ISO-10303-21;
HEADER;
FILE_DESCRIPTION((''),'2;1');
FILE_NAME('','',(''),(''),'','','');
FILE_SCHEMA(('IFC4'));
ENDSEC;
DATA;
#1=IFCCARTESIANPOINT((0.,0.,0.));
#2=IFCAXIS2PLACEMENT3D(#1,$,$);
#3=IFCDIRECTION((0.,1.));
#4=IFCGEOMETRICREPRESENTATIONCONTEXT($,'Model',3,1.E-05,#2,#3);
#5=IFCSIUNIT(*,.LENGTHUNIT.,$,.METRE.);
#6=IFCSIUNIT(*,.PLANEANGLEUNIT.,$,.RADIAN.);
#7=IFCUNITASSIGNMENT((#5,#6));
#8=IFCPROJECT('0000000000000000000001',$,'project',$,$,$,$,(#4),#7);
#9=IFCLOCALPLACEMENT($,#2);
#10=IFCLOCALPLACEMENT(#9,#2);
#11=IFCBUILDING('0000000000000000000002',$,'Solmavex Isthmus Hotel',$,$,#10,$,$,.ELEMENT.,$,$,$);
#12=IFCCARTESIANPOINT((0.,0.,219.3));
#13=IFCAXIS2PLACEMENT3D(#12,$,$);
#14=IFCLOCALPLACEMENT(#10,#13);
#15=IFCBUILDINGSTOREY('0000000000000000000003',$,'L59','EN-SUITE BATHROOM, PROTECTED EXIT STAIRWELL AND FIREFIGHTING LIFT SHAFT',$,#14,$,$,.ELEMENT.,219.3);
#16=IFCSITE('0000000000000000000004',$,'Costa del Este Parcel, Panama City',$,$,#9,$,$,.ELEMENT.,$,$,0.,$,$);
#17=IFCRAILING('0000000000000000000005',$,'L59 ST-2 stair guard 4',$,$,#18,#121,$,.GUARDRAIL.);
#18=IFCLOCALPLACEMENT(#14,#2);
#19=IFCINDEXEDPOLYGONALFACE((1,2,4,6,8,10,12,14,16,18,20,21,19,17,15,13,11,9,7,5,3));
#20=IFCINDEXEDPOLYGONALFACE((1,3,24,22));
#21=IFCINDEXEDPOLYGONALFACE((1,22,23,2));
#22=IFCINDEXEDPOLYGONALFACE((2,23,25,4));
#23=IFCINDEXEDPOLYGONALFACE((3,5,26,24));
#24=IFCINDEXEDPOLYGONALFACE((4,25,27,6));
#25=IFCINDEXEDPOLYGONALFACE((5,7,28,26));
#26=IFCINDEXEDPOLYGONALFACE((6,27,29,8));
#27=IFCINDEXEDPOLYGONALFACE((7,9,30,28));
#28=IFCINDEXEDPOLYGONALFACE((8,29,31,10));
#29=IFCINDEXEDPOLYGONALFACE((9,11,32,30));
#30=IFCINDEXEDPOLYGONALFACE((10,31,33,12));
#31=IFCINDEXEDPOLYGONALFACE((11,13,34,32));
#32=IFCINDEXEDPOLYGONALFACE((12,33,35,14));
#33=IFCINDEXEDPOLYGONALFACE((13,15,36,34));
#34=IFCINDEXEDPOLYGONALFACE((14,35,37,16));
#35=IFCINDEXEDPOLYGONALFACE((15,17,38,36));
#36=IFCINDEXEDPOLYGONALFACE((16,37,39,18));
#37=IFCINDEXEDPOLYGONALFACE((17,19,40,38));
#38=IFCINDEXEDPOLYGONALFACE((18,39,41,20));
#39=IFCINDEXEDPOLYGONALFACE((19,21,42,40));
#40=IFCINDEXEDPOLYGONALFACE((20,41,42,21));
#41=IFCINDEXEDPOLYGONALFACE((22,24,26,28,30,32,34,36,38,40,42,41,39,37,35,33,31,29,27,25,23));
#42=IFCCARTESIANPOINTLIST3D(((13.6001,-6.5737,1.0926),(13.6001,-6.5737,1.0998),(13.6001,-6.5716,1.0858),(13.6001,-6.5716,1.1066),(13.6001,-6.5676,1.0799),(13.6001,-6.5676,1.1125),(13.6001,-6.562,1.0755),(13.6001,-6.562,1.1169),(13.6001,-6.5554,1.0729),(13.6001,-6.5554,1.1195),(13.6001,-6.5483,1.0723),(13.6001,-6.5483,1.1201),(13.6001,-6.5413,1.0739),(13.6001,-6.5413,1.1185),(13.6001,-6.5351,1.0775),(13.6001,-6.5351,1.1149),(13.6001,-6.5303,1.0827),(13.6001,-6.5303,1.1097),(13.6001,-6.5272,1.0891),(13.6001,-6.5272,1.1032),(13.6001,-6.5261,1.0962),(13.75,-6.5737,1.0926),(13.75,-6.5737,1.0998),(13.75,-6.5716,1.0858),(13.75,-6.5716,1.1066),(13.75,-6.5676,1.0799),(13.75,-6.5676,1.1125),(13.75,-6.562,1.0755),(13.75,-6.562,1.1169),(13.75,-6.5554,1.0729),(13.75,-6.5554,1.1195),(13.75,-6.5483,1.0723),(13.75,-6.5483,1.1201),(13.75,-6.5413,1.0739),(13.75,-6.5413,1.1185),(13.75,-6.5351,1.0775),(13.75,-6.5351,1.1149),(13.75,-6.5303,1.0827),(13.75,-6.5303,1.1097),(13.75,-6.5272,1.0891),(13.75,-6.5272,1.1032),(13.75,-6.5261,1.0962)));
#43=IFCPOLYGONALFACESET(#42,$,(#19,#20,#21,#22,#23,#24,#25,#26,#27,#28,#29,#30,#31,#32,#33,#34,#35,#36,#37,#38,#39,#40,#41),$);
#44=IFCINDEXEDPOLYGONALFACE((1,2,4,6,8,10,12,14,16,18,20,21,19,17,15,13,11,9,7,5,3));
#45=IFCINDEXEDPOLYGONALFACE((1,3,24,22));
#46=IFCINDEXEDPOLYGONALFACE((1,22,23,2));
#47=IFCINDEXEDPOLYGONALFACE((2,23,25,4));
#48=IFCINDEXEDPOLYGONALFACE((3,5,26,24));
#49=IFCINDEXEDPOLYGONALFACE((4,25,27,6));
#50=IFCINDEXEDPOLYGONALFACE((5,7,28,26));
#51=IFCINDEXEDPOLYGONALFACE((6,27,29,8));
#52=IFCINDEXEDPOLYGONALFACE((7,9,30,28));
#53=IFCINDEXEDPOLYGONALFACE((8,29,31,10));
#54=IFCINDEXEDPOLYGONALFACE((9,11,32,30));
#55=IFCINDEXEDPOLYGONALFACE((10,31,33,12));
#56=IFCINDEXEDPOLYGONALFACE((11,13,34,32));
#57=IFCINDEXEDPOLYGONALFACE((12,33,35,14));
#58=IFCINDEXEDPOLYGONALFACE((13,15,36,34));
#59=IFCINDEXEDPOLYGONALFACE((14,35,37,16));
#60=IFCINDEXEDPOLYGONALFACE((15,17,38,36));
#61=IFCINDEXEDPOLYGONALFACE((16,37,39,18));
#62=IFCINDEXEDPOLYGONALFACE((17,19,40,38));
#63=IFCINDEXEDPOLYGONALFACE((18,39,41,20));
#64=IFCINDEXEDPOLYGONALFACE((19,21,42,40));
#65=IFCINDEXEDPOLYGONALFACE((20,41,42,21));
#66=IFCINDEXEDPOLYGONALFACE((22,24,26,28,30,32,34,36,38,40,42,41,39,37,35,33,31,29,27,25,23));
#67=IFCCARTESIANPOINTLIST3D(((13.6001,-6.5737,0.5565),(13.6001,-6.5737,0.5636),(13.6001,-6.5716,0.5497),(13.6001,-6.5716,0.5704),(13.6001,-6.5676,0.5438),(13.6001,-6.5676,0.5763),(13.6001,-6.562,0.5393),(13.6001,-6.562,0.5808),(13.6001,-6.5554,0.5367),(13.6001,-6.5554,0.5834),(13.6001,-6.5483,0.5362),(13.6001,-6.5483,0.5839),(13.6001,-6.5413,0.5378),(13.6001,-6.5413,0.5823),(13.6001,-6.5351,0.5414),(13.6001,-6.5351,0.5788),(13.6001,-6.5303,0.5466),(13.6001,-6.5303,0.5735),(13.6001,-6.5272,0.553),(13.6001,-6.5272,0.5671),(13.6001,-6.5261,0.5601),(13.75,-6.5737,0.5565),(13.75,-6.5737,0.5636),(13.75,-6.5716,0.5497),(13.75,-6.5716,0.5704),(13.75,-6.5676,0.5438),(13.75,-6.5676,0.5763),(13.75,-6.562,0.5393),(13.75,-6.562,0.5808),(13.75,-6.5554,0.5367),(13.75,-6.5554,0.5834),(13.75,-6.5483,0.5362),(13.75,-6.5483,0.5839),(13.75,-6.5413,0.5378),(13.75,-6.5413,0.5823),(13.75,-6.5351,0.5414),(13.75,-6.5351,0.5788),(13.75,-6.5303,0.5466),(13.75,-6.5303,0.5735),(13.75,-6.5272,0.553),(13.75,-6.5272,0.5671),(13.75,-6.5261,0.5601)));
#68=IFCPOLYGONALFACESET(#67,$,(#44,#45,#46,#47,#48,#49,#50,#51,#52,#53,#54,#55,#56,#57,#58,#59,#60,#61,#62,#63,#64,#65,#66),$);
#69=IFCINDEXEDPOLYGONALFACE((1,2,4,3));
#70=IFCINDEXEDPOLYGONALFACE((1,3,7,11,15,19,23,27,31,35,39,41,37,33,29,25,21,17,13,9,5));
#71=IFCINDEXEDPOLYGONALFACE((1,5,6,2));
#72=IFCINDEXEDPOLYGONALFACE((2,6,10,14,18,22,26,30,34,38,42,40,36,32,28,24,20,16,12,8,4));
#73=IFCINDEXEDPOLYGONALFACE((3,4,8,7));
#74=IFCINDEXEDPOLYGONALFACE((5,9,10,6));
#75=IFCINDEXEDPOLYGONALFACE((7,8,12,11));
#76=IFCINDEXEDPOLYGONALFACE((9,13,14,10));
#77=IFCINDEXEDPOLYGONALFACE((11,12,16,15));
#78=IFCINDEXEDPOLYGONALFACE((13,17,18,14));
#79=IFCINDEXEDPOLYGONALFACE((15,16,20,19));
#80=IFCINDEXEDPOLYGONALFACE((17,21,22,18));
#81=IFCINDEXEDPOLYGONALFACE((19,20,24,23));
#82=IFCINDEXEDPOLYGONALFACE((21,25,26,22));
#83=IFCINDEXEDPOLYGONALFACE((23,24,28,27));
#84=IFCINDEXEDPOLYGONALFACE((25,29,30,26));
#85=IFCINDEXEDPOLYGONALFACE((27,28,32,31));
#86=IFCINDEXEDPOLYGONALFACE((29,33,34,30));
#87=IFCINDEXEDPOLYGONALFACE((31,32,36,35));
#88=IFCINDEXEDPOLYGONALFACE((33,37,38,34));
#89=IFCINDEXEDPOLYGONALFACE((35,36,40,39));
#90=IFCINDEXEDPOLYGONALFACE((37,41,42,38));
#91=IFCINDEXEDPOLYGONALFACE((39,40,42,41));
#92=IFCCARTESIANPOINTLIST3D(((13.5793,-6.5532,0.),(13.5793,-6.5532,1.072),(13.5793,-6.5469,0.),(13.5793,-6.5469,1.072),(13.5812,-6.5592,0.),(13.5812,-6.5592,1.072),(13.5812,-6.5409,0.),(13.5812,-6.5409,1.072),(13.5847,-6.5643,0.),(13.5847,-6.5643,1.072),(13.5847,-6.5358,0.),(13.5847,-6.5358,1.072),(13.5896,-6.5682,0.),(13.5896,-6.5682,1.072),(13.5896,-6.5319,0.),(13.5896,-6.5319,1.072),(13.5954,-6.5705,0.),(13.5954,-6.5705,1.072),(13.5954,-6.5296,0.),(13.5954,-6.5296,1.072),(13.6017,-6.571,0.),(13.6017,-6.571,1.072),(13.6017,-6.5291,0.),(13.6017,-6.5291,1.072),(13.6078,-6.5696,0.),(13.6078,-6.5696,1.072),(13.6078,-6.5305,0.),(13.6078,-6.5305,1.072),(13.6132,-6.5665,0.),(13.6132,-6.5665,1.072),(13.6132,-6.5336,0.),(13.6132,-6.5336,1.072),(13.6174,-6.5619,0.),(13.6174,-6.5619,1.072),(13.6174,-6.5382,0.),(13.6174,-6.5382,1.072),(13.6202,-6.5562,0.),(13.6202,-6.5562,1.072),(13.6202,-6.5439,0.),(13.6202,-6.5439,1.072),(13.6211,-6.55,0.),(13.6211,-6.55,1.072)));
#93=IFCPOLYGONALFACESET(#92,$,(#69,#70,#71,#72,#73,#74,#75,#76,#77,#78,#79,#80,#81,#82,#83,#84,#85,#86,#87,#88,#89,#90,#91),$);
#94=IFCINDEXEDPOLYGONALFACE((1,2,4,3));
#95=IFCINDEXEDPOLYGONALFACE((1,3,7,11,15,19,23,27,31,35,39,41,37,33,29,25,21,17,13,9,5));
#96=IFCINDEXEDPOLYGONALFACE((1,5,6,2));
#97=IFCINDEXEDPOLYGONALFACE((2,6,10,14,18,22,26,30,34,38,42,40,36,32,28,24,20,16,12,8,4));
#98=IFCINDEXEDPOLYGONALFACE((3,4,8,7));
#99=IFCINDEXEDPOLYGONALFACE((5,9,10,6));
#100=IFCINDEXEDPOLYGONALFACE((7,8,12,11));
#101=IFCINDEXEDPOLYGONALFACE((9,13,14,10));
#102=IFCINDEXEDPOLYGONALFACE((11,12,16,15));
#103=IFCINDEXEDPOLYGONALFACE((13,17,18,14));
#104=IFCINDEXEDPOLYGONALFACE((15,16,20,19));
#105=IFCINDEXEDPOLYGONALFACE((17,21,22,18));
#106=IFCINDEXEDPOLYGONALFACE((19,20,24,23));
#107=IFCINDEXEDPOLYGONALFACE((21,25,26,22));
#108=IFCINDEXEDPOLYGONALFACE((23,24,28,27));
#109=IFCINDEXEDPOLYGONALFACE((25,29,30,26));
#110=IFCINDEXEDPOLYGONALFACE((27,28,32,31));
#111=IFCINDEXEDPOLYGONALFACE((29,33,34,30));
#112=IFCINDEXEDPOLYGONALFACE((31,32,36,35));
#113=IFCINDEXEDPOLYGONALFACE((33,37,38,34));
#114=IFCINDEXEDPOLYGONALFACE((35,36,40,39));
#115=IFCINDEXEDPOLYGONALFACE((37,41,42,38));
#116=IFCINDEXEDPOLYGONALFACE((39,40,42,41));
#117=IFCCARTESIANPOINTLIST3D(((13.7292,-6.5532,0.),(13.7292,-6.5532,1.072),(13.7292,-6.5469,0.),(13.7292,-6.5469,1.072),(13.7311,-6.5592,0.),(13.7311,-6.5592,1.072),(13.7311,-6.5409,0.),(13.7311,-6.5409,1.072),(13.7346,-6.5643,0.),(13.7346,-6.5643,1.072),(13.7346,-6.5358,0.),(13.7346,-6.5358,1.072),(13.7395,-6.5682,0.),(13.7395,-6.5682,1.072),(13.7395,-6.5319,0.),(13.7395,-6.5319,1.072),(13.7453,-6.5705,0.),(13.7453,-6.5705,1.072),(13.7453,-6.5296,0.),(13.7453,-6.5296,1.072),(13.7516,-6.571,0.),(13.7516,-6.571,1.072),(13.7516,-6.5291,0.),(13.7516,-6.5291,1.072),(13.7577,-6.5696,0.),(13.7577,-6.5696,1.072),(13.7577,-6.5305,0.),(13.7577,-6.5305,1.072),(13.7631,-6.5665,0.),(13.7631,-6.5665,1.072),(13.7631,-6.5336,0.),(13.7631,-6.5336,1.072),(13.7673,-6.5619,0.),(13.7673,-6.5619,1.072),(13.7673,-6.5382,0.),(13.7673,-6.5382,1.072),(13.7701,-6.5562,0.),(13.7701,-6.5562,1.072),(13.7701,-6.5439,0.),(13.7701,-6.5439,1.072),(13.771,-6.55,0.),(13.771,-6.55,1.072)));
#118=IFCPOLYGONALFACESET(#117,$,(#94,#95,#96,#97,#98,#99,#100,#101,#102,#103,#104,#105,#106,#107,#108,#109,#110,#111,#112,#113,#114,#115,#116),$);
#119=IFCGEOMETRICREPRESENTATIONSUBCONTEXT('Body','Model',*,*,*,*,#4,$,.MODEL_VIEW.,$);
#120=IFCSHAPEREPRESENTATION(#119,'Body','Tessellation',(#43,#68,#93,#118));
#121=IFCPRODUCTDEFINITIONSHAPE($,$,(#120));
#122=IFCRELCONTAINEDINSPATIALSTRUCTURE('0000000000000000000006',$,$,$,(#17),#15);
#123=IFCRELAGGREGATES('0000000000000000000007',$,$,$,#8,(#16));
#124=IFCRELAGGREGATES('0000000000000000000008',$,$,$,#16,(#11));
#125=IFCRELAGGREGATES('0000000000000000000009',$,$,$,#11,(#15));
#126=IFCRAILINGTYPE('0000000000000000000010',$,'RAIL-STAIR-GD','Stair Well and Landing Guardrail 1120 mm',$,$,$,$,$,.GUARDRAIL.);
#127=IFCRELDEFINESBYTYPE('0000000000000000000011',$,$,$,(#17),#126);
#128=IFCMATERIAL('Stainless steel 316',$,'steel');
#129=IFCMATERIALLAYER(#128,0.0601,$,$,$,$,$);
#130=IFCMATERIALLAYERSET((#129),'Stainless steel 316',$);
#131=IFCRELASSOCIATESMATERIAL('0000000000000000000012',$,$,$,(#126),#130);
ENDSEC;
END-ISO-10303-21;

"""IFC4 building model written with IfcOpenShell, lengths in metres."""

from ifc_helpers import new_model, si_unit, direction, frame, origin, origin_2d, place, context, subcontext, project, spatial, circle, extrude, material, layer, layer_set, type_object, element, save


model = new_model("IFC4")

# Units and contexts
model_context = context("Model", 3, precision=1e-05, world=origin(), true_north=direction((0.0, 1.0)))
body_context = subcontext(model_context, "Body", "Model", "MODEL_VIEW")
ifc_project = project(units=[si_unit("LENGTHUNIT", "METRE"), si_unit("PLANEANGLEUNIT", "RADIAN")], contexts=[model_context])

# Site, building, storey
site_placement = place(None, origin())
site = spatial("IfcSite", under=ifc_project, at=site_placement, Name="Costa del Este Parcel, Panama City", CompositionType="ELEMENT", RefElevation=0.0)
building_placement = place(site_placement, origin())
building = spatial("IfcBuilding", under=site, at=building_placement, Name="Solmavex Isthmus Hotel", CompositionType="ELEMENT")
storey_placement = place(building_placement, frame((0.0, 0.0, 219.3)))
storey = spatial("IfcBuildingStorey", under=building, at=storey_placement, Name="L59", Description="EN-SUITE BATHROOM, PROTECTED EXIT STAIRWELL AND FIREFIGHTING LIFT SHAFT", CompositionType="ELEMENT", Elevation=219.3)

# Railing
ifc_material_1 = material(Name="Stainless steel 316", Category="steel")
ifc_layer_1 = layer(ifc_material_1, 0.0601)
ifc_layer_set_1 = layer_set([ifc_layer_1], Name="Stainless steel 316")
railing_type_1 = type_object("IfcRailingType", Name="RAIL-STAIR-GD", Description="Stair Well and Landing Guardrail 1120 mm", PredefinedType="GUARDRAIL", material=ifc_layer_set_1)
railing_1_placement = place(storey_placement, frame((13.6001, -6.55, 0.0)))
element("IfcRailing", 1, at=railing_1_placement, inside=storey, type_object=railing_type_1, Name="L59 ST-2 stair guard 4", PredefinedType="GUARDRAIL", context=body_context, shape_type="SweptSolid", body=[
    extrude(circle(Radius=0.0239, at=origin_2d()), frame((0.0, 0.0, 1.0962), z_axis=(1.0, 0.0, 0.0), x_axis=(0.0, 1.0, 0.0)), (0.0, 0.0, 1.0), 0.1499),
    extrude(circle(Radius=0.0239, at=origin_2d()), frame((0.0, 0.0, 0.5601), z_axis=(1.0, 0.0, 0.0), x_axis=(0.0, 1.0, 0.0)), (0.0, 0.0, 1.0), 0.1499),
    extrude(circle(Radius=0.021, at=origin_2d()), origin(), (0.0, 0.0, 1.0), 1.072),
    extrude(circle(Radius=0.021, at=origin_2d()), frame((0.1499, 0.0, 0.0)), (0.0, 0.0, 1.0), 1.072),
])

save(model, "model.ifc")
